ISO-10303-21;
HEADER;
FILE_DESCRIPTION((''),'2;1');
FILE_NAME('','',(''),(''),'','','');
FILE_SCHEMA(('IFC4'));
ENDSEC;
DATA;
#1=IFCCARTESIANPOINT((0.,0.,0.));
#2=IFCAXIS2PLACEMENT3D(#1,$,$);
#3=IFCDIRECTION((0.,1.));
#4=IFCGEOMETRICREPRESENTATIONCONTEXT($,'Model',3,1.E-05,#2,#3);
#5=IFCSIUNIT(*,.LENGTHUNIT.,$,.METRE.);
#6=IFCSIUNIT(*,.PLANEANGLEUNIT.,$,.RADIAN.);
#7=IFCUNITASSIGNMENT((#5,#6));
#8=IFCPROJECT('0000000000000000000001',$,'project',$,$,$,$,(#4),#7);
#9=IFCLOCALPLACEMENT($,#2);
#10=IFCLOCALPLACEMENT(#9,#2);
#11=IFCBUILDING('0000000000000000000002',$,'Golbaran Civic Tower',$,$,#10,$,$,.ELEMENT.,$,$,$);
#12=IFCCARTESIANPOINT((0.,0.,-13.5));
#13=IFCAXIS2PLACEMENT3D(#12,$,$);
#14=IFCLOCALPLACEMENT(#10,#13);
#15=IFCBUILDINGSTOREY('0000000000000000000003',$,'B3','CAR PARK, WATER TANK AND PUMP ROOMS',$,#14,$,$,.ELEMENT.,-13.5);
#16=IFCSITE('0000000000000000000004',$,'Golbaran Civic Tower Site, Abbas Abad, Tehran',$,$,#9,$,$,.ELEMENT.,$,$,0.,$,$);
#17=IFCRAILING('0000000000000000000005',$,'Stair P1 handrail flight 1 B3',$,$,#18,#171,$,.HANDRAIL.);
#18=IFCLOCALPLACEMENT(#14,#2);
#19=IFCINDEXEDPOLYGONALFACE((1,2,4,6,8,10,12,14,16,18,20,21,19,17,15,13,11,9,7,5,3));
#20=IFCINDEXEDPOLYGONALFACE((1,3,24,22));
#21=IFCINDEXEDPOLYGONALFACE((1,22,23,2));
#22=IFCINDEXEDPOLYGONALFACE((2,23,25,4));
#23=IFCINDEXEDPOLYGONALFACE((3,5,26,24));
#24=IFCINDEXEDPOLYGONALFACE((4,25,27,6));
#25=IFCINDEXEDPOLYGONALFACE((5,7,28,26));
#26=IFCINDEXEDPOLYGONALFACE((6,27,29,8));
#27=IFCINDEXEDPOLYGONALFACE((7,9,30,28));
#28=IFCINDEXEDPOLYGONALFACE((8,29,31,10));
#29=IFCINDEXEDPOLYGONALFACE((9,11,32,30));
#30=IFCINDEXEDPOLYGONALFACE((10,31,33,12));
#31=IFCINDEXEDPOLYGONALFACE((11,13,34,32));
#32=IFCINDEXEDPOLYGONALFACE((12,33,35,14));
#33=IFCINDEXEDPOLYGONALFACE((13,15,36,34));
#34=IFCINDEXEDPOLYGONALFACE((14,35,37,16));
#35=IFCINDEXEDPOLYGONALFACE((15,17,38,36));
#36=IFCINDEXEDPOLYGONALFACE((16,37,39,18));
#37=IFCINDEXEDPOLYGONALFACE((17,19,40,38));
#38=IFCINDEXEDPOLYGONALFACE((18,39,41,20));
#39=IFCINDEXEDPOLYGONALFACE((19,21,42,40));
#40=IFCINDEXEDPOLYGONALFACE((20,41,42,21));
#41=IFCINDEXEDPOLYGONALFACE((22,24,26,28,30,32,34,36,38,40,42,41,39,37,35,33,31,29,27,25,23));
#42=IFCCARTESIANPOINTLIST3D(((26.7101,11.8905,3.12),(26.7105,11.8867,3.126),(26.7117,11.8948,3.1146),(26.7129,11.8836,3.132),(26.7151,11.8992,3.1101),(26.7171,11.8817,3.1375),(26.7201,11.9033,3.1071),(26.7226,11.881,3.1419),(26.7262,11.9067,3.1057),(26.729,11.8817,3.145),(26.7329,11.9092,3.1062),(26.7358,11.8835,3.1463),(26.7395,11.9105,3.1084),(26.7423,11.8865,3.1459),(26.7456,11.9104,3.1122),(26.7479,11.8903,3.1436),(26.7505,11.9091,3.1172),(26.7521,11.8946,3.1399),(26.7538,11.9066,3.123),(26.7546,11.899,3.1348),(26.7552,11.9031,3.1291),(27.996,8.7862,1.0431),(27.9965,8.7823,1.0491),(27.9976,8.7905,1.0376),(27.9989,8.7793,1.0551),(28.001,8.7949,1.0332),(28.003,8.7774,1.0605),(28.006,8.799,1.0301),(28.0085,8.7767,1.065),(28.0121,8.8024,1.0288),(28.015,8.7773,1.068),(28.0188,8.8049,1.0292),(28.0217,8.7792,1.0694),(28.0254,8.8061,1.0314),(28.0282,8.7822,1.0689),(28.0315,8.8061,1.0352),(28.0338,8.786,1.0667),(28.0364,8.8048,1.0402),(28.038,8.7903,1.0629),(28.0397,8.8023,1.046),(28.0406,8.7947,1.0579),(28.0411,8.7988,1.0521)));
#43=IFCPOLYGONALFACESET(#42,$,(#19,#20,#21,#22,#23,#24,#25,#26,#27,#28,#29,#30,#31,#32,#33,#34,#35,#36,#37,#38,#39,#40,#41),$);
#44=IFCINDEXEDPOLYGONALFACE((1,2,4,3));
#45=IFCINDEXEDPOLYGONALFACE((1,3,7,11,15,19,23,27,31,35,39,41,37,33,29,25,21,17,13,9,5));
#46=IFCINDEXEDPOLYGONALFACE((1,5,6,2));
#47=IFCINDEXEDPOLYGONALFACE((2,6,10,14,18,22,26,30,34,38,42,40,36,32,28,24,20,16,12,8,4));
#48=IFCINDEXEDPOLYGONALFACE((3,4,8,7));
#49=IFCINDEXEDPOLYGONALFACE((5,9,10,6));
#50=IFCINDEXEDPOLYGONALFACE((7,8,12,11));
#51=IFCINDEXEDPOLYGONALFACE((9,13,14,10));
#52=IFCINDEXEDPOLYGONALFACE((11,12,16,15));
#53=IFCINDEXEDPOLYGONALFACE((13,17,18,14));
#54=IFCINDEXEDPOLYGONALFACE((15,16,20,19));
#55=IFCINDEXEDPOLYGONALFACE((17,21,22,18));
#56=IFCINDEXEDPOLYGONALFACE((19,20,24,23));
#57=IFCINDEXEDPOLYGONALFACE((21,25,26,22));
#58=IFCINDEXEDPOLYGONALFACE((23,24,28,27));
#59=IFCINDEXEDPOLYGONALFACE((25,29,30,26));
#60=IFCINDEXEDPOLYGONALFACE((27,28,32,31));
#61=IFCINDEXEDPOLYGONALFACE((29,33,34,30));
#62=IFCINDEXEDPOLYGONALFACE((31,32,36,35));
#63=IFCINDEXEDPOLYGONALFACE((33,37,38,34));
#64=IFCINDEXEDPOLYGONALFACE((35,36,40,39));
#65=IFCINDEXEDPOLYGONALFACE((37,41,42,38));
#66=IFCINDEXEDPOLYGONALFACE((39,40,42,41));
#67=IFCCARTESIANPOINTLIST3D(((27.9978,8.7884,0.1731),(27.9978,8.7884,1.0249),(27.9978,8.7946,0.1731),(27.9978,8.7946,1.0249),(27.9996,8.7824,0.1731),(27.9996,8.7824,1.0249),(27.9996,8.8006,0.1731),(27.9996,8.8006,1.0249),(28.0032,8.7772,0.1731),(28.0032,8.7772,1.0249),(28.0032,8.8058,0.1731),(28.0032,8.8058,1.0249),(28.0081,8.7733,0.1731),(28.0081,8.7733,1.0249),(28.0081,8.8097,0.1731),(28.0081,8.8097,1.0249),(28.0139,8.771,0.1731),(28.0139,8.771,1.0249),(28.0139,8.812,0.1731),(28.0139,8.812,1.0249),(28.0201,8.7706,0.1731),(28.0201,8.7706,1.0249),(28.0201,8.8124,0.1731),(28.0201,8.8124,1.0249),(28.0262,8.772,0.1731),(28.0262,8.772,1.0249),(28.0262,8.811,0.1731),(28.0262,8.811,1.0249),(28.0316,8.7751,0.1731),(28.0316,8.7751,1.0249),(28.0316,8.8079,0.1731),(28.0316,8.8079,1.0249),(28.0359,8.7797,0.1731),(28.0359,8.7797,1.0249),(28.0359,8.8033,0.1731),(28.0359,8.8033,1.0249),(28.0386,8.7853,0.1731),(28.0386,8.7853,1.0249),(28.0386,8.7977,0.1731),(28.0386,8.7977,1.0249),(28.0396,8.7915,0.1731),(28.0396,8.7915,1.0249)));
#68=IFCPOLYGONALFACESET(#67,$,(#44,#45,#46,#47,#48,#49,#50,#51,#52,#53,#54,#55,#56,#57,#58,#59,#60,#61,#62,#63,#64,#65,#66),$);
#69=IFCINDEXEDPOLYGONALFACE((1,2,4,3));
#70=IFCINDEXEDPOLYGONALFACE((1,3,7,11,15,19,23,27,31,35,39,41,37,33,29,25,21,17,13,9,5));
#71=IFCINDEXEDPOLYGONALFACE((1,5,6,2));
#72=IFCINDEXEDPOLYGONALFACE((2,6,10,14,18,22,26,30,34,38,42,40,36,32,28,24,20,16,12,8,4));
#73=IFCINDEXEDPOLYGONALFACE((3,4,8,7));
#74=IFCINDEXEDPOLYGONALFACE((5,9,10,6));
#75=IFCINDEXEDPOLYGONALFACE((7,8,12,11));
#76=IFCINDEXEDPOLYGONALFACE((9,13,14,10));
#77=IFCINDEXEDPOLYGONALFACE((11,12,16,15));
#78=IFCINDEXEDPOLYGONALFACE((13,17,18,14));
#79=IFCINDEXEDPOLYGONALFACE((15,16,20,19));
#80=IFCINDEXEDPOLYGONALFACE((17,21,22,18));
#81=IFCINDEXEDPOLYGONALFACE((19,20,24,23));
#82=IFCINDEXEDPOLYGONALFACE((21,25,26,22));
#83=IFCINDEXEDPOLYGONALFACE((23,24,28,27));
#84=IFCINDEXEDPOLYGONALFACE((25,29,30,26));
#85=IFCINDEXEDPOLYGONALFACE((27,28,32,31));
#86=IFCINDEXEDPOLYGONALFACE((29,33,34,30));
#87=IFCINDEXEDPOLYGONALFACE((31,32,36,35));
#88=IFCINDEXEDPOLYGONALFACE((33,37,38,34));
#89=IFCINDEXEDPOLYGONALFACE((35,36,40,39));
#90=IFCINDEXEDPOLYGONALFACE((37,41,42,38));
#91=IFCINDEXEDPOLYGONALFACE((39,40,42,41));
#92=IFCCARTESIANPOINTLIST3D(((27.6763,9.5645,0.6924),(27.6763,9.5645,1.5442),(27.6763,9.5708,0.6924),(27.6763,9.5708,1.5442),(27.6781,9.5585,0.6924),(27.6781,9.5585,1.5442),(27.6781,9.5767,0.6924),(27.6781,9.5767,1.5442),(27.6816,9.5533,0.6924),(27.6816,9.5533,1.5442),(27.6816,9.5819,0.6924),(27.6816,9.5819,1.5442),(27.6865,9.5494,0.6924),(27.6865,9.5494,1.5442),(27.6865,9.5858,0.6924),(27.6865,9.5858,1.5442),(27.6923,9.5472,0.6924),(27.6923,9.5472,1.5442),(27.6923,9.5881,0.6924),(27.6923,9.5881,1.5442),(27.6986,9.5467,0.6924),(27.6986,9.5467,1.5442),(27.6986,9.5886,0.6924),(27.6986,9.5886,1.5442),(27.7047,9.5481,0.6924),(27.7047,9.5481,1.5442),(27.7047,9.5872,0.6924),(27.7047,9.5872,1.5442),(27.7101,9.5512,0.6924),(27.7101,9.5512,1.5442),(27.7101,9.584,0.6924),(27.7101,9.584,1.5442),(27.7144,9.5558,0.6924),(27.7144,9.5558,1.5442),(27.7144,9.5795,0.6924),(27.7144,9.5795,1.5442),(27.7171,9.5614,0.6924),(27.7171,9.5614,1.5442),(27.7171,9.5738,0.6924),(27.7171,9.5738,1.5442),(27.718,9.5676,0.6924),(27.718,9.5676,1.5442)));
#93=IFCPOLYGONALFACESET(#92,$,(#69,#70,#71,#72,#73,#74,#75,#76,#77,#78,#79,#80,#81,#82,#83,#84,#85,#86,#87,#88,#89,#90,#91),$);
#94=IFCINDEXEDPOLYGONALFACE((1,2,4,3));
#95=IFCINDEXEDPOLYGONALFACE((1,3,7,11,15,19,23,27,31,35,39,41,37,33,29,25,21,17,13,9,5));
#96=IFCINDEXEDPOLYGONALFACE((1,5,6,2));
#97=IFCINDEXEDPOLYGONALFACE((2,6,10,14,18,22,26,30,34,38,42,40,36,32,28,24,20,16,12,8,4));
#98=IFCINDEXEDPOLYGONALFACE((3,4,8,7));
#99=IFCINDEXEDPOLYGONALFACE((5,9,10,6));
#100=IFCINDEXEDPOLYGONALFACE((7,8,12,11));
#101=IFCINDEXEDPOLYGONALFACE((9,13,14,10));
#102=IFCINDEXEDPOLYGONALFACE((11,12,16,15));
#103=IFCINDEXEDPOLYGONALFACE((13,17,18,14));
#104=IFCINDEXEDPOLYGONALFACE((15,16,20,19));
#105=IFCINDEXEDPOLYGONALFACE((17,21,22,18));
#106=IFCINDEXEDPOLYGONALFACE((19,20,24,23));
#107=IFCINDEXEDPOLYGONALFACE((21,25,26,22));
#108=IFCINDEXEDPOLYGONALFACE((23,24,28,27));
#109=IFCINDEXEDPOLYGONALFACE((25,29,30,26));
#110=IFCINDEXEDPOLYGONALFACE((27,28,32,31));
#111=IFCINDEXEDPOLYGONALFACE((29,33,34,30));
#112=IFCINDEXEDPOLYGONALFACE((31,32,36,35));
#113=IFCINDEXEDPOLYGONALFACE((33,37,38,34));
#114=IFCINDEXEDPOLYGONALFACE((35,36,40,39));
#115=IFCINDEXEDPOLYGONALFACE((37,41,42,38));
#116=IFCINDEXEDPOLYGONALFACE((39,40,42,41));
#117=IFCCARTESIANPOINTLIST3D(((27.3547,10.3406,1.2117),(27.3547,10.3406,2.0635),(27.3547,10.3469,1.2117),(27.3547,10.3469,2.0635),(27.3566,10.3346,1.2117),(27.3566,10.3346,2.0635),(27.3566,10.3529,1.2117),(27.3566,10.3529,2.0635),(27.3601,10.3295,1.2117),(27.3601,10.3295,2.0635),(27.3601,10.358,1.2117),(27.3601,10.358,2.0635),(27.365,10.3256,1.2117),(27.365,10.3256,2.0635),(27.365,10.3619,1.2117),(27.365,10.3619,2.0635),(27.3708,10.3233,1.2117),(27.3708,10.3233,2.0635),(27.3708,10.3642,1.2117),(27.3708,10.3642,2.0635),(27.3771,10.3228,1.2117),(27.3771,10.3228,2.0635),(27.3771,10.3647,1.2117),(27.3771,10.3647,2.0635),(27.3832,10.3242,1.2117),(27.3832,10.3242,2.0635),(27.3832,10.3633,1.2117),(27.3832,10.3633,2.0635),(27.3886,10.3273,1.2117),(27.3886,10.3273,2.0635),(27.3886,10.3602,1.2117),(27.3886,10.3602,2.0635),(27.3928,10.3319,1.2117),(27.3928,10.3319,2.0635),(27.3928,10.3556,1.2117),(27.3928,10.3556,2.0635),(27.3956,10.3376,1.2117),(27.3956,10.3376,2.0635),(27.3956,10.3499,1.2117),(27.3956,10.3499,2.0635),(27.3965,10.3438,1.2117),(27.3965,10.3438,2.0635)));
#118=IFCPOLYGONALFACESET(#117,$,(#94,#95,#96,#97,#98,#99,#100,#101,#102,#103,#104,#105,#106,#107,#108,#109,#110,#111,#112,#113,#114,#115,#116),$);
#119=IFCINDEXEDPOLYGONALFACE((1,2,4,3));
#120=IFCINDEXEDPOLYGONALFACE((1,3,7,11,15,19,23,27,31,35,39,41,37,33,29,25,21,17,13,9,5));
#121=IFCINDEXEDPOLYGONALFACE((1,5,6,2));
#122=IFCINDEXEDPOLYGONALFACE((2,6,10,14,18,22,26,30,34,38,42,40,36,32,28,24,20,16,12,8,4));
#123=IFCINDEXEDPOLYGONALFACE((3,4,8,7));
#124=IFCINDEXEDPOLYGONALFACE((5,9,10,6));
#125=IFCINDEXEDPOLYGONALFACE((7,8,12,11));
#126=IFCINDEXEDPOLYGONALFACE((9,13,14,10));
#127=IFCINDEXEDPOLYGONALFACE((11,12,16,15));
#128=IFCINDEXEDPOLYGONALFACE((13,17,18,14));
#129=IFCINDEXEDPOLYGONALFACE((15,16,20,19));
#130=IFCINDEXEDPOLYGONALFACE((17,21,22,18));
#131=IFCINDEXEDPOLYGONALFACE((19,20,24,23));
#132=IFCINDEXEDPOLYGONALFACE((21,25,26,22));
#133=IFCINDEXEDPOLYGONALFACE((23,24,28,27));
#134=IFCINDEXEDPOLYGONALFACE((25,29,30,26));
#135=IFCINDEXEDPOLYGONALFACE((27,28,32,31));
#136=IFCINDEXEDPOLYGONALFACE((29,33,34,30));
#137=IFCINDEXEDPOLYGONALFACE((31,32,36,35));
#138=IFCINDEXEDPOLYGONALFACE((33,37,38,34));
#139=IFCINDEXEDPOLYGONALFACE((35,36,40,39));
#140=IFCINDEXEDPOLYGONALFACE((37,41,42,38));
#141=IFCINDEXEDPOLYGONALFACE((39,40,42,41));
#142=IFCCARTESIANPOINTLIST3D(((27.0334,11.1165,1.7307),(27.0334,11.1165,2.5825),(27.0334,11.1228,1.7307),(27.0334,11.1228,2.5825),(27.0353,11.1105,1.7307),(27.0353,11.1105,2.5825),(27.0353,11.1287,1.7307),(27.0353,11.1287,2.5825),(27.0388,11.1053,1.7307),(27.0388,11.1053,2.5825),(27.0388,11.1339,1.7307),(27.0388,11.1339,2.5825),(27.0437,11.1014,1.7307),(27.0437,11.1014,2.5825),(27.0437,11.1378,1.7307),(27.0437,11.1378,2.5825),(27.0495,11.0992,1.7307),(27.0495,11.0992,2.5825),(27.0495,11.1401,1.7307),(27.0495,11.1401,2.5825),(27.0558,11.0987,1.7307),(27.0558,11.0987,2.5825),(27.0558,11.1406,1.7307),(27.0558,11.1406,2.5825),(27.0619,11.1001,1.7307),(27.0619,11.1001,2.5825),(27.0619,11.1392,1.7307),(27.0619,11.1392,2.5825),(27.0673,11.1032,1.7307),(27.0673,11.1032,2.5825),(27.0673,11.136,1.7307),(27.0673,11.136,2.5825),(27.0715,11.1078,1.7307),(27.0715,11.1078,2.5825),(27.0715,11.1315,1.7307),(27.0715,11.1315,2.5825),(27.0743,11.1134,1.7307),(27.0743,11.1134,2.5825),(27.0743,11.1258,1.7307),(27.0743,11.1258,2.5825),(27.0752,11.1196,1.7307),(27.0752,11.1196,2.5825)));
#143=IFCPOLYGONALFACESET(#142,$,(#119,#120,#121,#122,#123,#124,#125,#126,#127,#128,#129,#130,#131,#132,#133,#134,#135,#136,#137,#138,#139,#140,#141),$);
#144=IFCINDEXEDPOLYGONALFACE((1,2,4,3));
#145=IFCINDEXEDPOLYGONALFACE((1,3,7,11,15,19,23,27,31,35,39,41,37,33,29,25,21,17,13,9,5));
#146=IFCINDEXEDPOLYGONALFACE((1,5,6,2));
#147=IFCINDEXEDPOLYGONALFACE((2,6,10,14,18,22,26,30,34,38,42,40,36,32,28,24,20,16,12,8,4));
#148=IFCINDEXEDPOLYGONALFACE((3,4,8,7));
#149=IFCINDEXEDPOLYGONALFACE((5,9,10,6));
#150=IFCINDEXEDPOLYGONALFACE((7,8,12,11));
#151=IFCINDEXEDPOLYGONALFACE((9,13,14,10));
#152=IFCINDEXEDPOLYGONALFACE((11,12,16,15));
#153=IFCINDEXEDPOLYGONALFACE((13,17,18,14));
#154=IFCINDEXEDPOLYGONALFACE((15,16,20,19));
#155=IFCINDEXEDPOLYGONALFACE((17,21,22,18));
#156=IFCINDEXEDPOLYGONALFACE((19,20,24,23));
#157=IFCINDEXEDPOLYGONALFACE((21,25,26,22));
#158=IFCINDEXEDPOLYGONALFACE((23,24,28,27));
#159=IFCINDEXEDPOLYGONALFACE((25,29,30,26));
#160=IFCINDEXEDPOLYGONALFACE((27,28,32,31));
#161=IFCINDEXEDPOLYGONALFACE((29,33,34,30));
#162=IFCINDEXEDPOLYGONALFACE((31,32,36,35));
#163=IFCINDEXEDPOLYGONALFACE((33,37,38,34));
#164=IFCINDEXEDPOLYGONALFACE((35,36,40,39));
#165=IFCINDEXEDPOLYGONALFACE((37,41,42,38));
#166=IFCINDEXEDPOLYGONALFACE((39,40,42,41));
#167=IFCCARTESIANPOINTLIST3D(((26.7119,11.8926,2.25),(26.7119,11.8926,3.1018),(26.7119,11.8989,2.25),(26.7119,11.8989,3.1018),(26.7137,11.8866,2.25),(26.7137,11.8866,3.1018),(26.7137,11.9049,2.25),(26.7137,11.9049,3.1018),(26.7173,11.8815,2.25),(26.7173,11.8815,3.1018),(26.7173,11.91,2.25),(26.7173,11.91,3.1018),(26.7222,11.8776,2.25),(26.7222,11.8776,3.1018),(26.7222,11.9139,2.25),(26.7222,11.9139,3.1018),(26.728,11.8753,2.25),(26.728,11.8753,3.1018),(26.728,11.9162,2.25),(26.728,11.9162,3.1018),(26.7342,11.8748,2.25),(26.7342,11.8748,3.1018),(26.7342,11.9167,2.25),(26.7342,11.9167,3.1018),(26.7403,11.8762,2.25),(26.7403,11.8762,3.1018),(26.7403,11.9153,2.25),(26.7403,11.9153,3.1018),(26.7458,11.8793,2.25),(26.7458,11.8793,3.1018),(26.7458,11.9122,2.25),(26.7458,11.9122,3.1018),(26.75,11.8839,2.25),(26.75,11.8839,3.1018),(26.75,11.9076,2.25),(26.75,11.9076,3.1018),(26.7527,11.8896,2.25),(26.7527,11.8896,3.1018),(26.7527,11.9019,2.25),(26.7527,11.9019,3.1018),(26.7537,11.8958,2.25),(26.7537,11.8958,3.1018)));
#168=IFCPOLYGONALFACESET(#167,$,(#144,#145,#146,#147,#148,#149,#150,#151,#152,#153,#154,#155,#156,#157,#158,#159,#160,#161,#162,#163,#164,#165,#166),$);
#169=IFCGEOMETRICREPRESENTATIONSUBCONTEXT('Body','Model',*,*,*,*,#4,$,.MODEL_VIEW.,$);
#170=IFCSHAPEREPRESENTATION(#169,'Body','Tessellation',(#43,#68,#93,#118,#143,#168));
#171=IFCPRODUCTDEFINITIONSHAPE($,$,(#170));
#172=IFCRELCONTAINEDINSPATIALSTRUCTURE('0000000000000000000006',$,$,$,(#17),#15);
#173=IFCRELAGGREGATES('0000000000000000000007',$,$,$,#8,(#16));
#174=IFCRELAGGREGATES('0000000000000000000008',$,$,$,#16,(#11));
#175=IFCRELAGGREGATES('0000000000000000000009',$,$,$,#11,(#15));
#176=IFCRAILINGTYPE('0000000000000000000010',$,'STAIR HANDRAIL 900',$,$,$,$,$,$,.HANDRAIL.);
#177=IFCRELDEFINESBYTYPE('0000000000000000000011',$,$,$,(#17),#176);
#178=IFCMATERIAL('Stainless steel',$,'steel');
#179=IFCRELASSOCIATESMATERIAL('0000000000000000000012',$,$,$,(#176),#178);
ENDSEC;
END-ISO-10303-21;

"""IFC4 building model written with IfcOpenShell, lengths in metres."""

from ifc_helpers import new_model, si_unit, direction, frame, origin, origin_2d, place, context, subcontext, project, spatial, circle, extrude, material, type_object, element, save


model = new_model("IFC4")

# Units and contexts
model_context = context("Model", 3, precision=1e-05, world=origin(), true_north=direction((0.0, 1.0)))
body_context = subcontext(model_context, "Body", "Model", "MODEL_VIEW")
ifc_project = project(units=[si_unit("LENGTHUNIT", "METRE"), si_unit("PLANEANGLEUNIT", "RADIAN")], contexts=[model_context])

# Site, building, storey
site_placement = place(None, origin())
site = spatial("IfcSite", under=ifc_project, at=site_placement, Name="Golbaran Civic Tower Site, Abbas Abad, Tehran", CompositionType="ELEMENT", RefElevation=0.0)
building_placement = place(site_placement, origin())
building = spatial("IfcBuilding", under=site, at=building_placement, Name="Golbaran Civic Tower", CompositionType="ELEMENT")
storey_placement = place(building_placement, frame((0.0, 0.0, -13.5)))
storey = spatial("IfcBuildingStorey", under=building, at=storey_placement, Name="B3", Description="CAR PARK, WATER TANK AND PUMP ROOMS", CompositionType="ELEMENT", Elevation=-13.5)

# Railing
ifc_material_1 = material(Name="Stainless steel", Category="steel")
railing_type = type_object("IfcRailingType", Name="STAIR HANDRAIL 900", PredefinedType="HANDRAIL", material=ifc_material_1)
railing_placement = place(storey_placement, frame((28.0186, 8.7915, 0.1731)))
element("IfcRailing", 1, at=railing_placement, inside=storey, type_object=railing_type, Name="Stair P1 handrail flight 1 B3", PredefinedType="HANDRAIL", context=body_context, shape_type="SweptSolid", body=[
    extrude(circle(Radius=0.0239, at=origin_2d()), frame((0.0, 0.0, 0.876), z_axis=(-0.325532, 0.785863, 0.525783), x_axis=(-0.923872, -0.3827, 0.0)), (0.0, 0.0, 1.0), 3.9502),
    extrude(circle(Radius=0.021, at=origin_2d()), origin(), (0.0, 0.0, 1.0), 0.8518),
    extrude(circle(Radius=0.021, at=origin_2d()), frame((-0.3215, 0.7761, 0.5193)), (0.0, 0.0, 1.0), 0.8518),
    extrude(circle(Radius=0.021, at=origin_2d()), frame((-0.6431, 1.5522, 1.0386)), (0.0, 0.0, 1.0), 0.8518),
    extrude(circle(Radius=0.021, at=origin_2d()), frame((-0.9644, 2.3281, 1.5576)), (0.0, 0.0, 1.0), 0.8518),
    extrude(circle(Radius=0.021, at=origin_2d()), frame((-1.2859, 3.1042, 2.0769)), (0.0, 0.0, 1.0), 0.8518),
])

save(model, "model.ifc")
